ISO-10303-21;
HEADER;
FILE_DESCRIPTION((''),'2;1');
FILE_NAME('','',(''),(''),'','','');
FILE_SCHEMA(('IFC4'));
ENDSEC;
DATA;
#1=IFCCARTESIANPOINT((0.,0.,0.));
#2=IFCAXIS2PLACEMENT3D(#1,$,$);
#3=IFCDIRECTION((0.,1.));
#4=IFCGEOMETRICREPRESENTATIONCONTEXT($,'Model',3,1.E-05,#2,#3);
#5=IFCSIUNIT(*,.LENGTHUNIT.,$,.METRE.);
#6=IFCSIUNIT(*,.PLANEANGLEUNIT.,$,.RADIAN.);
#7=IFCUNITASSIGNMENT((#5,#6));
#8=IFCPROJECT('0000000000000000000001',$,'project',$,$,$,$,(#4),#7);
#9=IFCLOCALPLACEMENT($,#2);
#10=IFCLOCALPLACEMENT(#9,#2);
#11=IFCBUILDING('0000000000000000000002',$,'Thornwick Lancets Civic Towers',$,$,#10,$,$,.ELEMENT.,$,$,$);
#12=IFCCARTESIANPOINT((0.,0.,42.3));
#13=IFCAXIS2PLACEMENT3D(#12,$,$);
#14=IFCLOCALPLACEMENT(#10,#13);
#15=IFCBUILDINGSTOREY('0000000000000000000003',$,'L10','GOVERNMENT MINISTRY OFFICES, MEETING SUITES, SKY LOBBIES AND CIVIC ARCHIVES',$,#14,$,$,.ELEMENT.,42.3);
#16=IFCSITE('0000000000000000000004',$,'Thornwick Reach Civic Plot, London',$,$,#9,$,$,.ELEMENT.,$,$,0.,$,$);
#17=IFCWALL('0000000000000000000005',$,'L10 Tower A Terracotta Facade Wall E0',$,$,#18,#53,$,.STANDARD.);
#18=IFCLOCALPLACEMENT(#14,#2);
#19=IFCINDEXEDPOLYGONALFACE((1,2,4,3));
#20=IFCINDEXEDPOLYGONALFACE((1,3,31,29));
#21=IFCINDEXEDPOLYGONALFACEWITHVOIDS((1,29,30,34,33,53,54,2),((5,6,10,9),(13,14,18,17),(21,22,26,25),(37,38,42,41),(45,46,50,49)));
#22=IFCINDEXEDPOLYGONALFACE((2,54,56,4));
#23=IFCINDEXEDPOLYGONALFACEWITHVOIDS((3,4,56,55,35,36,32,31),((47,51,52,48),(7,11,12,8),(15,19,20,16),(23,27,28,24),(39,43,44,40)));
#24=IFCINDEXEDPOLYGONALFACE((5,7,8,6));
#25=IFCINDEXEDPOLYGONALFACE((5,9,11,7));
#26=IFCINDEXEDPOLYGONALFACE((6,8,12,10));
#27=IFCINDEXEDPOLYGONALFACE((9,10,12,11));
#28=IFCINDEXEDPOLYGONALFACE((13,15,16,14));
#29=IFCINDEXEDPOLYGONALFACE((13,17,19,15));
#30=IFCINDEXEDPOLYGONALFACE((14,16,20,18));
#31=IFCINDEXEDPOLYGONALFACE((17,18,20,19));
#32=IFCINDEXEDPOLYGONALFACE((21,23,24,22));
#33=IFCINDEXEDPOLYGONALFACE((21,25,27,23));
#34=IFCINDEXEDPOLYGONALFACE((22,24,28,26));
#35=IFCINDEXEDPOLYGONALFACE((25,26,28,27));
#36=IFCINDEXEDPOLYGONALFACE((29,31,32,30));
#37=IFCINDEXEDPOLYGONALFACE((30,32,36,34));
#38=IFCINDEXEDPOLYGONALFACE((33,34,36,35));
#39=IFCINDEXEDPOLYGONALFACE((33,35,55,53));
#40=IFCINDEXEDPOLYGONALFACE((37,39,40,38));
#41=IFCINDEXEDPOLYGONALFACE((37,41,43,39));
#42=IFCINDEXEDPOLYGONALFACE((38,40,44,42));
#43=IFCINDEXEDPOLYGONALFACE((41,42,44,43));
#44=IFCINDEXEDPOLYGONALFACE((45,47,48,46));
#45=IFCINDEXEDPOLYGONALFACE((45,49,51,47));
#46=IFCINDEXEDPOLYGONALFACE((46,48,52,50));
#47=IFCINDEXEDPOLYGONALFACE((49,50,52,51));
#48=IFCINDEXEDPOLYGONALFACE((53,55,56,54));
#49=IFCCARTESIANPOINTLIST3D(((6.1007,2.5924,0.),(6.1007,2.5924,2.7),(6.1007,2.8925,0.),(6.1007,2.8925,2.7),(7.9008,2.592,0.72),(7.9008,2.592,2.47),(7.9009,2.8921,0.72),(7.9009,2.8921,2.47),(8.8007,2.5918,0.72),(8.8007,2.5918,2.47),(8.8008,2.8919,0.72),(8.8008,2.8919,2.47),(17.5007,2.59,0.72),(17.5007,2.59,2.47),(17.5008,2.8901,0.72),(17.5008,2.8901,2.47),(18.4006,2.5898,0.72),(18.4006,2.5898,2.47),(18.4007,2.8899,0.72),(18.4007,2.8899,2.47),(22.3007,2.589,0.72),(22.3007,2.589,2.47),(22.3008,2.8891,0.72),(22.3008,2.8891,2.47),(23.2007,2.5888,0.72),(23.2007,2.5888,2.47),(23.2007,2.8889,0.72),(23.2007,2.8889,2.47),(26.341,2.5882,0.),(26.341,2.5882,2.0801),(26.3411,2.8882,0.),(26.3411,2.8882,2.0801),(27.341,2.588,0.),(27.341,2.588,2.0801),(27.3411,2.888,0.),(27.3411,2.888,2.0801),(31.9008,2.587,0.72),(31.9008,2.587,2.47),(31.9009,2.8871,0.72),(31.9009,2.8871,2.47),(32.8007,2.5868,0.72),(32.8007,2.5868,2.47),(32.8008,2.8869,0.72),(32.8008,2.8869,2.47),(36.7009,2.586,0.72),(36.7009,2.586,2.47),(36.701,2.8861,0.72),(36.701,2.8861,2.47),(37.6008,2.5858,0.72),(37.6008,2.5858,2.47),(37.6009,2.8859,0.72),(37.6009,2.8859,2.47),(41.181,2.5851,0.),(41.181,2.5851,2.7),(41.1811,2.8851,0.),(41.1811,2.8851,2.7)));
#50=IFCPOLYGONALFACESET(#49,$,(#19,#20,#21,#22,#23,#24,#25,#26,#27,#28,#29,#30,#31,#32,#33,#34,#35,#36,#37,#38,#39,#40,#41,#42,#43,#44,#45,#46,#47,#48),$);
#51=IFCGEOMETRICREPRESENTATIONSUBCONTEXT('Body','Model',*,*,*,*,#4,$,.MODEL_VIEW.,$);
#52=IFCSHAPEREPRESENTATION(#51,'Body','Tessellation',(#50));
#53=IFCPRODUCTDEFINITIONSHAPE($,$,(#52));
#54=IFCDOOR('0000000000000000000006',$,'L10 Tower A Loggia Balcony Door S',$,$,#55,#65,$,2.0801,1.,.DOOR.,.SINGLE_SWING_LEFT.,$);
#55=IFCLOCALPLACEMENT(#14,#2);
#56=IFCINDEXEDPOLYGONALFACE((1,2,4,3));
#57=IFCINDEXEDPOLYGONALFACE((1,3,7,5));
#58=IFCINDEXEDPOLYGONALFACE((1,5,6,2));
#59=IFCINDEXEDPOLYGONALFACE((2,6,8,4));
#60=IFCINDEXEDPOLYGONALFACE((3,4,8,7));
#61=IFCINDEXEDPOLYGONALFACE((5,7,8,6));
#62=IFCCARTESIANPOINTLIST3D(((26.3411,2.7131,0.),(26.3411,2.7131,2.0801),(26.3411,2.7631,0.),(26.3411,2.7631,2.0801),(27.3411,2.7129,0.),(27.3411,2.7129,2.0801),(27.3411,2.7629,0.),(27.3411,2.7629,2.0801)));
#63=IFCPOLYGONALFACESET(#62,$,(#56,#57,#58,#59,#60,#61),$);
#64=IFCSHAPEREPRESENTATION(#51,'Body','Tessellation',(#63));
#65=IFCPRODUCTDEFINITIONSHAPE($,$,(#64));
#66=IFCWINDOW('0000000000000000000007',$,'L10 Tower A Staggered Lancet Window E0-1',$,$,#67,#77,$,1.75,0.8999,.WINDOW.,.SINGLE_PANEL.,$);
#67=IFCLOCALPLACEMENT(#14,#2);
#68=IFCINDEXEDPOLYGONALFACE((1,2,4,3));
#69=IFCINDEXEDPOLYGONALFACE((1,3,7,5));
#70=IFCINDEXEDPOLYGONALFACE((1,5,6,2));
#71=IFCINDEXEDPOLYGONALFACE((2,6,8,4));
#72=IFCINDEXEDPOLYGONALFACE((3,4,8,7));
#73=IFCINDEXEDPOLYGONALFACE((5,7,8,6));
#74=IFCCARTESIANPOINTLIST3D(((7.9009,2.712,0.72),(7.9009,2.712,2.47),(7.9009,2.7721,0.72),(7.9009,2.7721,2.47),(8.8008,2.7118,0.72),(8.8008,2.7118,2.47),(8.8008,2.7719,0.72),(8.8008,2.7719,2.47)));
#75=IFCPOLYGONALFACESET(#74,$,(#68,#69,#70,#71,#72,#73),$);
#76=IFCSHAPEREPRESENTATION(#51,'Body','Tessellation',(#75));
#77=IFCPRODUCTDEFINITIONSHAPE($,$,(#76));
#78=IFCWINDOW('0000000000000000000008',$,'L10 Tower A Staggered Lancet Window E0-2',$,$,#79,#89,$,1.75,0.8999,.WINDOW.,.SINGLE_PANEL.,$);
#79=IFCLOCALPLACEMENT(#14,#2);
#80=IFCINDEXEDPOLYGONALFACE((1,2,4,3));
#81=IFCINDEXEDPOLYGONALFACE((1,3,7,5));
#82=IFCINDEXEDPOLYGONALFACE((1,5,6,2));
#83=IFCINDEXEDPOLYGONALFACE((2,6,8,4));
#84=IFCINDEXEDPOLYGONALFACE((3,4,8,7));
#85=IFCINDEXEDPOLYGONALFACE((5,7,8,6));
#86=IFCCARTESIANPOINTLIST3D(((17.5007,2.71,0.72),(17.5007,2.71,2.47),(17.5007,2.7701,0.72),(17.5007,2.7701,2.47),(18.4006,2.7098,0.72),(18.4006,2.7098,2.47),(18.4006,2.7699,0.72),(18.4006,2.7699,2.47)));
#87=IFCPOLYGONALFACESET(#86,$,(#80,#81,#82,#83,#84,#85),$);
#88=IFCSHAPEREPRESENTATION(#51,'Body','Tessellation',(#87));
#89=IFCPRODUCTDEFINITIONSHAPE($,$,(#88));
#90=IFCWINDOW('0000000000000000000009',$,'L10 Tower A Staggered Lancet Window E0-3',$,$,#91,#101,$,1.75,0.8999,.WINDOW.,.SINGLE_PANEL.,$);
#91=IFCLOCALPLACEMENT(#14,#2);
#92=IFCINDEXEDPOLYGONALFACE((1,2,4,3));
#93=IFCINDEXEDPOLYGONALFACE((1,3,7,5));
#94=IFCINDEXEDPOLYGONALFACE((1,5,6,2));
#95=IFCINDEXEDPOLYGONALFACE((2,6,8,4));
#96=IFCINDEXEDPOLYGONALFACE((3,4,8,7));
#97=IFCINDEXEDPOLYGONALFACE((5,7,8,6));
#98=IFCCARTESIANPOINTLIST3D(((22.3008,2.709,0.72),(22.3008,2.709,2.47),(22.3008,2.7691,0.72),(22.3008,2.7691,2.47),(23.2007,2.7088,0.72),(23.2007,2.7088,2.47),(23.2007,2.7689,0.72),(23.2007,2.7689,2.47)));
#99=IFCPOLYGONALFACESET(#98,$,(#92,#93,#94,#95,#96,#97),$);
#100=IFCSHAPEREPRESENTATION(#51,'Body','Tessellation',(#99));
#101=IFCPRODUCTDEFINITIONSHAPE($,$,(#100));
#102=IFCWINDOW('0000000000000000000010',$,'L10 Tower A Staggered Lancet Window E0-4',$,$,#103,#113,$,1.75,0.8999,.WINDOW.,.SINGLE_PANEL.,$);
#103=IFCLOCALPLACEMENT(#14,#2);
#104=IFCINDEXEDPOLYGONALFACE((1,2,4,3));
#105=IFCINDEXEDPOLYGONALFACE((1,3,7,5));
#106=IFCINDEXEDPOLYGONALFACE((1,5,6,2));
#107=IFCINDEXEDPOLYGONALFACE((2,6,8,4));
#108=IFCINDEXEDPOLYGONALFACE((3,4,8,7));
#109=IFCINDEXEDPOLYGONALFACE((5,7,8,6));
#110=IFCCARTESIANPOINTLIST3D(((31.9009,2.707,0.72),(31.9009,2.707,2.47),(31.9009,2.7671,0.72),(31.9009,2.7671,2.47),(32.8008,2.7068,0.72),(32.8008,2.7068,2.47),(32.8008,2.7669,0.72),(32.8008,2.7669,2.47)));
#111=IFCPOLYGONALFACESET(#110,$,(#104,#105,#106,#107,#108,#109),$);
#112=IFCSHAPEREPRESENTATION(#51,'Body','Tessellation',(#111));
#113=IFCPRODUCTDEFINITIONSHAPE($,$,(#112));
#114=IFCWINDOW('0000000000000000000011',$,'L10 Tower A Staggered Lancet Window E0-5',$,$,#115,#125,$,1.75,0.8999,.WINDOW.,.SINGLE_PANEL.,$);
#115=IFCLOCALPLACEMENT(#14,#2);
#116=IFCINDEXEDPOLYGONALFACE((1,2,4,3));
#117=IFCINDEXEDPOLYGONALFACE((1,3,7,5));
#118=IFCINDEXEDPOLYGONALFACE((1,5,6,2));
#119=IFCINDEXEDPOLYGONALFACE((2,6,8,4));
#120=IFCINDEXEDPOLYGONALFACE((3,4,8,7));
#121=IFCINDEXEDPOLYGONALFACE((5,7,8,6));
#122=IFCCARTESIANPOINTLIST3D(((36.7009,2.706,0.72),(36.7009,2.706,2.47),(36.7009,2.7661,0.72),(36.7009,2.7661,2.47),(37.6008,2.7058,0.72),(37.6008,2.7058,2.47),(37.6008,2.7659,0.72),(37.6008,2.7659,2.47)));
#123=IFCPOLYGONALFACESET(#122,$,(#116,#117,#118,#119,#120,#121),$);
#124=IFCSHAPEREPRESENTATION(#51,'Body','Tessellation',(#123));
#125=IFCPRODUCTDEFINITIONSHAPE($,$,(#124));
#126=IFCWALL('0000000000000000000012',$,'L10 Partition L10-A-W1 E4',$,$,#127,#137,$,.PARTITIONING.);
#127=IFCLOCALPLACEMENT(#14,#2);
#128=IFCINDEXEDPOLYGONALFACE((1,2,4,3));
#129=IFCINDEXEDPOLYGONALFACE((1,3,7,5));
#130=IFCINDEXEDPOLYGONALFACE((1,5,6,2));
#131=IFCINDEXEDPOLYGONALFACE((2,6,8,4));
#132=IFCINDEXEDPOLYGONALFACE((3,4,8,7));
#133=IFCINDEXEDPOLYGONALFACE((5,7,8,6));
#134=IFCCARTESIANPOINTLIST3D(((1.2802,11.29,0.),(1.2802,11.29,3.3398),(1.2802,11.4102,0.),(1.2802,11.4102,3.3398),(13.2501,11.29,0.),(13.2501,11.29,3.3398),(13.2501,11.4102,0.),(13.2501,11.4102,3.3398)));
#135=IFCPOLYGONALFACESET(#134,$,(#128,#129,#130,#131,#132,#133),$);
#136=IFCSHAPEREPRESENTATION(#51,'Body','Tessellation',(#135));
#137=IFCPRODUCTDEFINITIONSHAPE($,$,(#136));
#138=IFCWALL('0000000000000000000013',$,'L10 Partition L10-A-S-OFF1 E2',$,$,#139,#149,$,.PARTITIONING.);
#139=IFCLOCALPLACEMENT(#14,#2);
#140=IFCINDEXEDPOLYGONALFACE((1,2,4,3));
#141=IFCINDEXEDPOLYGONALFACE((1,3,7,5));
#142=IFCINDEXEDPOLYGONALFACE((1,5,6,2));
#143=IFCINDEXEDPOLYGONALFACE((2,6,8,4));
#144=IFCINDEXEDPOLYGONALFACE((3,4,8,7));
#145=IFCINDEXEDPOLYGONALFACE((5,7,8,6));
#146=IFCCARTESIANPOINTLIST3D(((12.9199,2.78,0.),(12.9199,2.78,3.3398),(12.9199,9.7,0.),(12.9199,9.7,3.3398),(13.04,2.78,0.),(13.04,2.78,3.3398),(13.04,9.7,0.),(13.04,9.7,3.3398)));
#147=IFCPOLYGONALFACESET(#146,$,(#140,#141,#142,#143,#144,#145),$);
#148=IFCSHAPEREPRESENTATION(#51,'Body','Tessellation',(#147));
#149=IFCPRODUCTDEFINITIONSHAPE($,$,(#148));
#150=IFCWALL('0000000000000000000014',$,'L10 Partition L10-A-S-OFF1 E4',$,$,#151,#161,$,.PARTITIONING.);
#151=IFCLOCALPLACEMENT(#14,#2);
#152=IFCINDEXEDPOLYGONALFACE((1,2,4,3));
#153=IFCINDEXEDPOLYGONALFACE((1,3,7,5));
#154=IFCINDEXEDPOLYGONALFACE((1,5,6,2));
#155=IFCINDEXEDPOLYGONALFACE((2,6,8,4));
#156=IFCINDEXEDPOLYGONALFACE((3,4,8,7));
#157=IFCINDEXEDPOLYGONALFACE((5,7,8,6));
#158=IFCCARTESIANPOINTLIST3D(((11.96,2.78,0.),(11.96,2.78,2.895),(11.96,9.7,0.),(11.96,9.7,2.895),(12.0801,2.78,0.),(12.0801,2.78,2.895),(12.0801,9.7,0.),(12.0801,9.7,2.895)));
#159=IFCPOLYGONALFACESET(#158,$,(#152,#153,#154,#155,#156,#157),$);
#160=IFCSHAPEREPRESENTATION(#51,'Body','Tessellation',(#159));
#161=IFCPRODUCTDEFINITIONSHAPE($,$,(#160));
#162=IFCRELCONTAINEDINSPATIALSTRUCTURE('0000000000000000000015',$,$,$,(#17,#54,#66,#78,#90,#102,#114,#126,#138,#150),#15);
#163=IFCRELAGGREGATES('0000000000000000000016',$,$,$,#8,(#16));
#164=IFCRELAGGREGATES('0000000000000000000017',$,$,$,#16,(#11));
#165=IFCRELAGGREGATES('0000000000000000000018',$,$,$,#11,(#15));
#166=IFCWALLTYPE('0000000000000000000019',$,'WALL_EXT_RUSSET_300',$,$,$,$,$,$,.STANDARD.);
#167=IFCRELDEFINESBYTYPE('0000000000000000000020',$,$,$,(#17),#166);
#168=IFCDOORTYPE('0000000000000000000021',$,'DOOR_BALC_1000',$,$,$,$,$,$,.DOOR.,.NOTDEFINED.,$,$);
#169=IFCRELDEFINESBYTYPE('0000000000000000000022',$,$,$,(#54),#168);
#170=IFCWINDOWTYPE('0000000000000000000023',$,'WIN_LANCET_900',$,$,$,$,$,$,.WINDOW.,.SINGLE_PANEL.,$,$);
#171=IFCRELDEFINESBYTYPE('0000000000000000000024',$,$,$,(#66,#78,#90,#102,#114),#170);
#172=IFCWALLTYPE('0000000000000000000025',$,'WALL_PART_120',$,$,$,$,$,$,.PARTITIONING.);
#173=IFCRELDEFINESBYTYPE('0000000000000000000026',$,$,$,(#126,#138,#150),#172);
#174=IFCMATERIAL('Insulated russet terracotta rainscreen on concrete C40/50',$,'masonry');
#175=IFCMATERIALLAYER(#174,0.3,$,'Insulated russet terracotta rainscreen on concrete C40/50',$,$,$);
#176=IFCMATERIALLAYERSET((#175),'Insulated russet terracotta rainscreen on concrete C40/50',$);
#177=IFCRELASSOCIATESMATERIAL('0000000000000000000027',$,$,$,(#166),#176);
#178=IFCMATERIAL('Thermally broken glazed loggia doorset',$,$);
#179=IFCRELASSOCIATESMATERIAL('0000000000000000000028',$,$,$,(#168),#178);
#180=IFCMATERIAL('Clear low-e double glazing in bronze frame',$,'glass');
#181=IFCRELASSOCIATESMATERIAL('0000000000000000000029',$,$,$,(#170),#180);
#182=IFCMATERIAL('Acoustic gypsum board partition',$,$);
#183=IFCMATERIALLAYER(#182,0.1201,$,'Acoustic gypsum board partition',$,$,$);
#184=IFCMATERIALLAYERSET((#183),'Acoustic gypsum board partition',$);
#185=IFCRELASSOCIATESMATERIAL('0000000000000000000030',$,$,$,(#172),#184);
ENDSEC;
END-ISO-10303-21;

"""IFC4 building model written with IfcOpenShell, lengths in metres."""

from ifc_helpers import new_model, si_unit, direction, frame, frame_2d, origin, place, context, subcontext, project, spatial, rectangle, extrude, material, layer, layer_set, type_object, element, fill, save


model = new_model("IFC4")

# Units and contexts
model_context = context("Model", 3, precision=1e-05, world=origin(), true_north=direction((0.0, 1.0)))
body_context = subcontext(model_context, "Body", "Model", "MODEL_VIEW")
ifc_project = project(units=[si_unit("LENGTHUNIT", "METRE"), si_unit("PLANEANGLEUNIT", "RADIAN")], contexts=[model_context])

# Site, building, storey
site_placement = place(None, origin())
site = spatial("IfcSite", under=ifc_project, at=site_placement, Name="Thornwick Reach Civic Plot, London", CompositionType="ELEMENT", RefElevation=0.0)
building_placement = place(site_placement, origin())
building = spatial("IfcBuilding", under=site, at=building_placement, Name="Thornwick Lancets Civic Towers", CompositionType="ELEMENT")
storey_placement = place(building_placement, frame((0.0, 0.0, 42.3)))
storey = spatial("IfcBuildingStorey", under=building, at=storey_placement, Name="L10", Description="GOVERNMENT MINISTRY OFFICES, MEETING SUITES, SKY LOBBIES AND CIVIC ARCHIVES", CompositionType="ELEMENT", Elevation=42.3)

# Wall, openings, door, windows
ifc_material_1 = material(Name="Insulated russet terracotta rainscreen on concrete C40/50", Category="masonry")
ifc_layer_1 = layer(ifc_material_1, 0.3, Name="Insulated russet terracotta rainscreen on concrete C40/50")
ifc_layer_set_1 = layer_set([ifc_layer_1], Name="Insulated russet terracotta rainscreen on concrete C40/50")
wall_type_1 = type_object("IfcWallType", Name="WALL_EXT_RUSSET_300", PredefinedType="STANDARD", material=ifc_layer_set_1)
wall_1_placement = place(storey_placement, frame((6.1008, 2.7424, 0.0), z_axis=(0.0, 0.0, 1.0), x_axis=(1.0, -0.000209, 0.0)))
wall_1 = element("IfcWall", 1, at=wall_1_placement, inside=storey, type_object=wall_type_1, Name="L10 Tower A Terracotta Facade Wall E0", PredefinedType="STANDARD", context=body_context, shape_type="SweptSolid", body=[
    extrude(rectangle(XDim=35.0803, YDim=0.3, at=frame_2d((17.54, 0.0))), origin(), (0.0, 0.0, 1.0), 2.7),
])
opening_1_placement = place(wall_1_placement, frame((20.2402, 0.0, 0.0)))
opening_1 = element("IfcOpeningElement", 2, at=opening_1_placement, cuts=wall_1, PredefinedType="OPENING", context=body_context, shape_type="SweptSolid", body=[
    extrude(rectangle(XDim=1.0, YDim=2.0801, at=frame_2d((0.5, 1.04))), frame((0.0, 0.1602, 0.0), z_axis=(0.0, -1.0, 0.0), x_axis=(1.0, 0.0, 0.0)), (0.0, 0.0, 1.0), 0.3201),
])
opening_2_placement = place(wall_1_placement, frame((1.8, 0.0, 0.72)))
opening_2 = element("IfcOpeningElement", 3, at=opening_2_placement, cuts=wall_1, PredefinedType="OPENING", context=body_context, shape_type="SweptSolid", body=[
    extrude(rectangle(XDim=0.8999, YDim=1.75, at=frame_2d((0.45, 0.875))), frame((0.0, 0.1602, 0.0), z_axis=(0.0, -1.0, 0.0), x_axis=(1.0, 0.0, 0.0)), (0.0, 0.0, 1.0), 0.3201),
])
opening_3_placement = place(wall_1_placement, frame((11.3999, 0.0, 0.72)))
opening_3 = element("IfcOpeningElement", 4, at=opening_3_placement, cuts=wall_1, PredefinedType="OPENING", context=body_context, shape_type="SweptSolid", body=[
    extrude(rectangle(XDim=0.8999, YDim=1.75, at=frame_2d((0.45, 0.875))), frame((0.0, 0.1602, 0.0), z_axis=(0.0, -1.0, 0.0), x_axis=(1.0, 0.0, 0.0)), (0.0, 0.0, 1.0), 0.3201),
])
opening_4_placement = place(wall_1_placement, frame((16.2, 0.0, 0.72)))
opening_4 = element("IfcOpeningElement", 5, at=opening_4_placement, cuts=wall_1, PredefinedType="OPENING", context=body_context, shape_type="SweptSolid", body=[
    extrude(rectangle(XDim=0.8999, YDim=1.75, at=frame_2d((0.45, 0.875))), frame((0.0, 0.1602, 0.0), z_axis=(0.0, -1.0, 0.0), x_axis=(1.0, 0.0, 0.0)), (0.0, 0.0, 1.0), 0.3201),
])
opening_5_placement = place(wall_1_placement, frame((25.8, 0.0, 0.72)))
opening_5 = element("IfcOpeningElement", 6, at=opening_5_placement, cuts=wall_1, PredefinedType="OPENING", context=body_context, shape_type="SweptSolid", body=[
    extrude(rectangle(XDim=0.8999, YDim=1.75, at=frame_2d((0.45, 0.875))), frame((0.0, 0.1602, 0.0), z_axis=(0.0, -1.0, 0.0), x_axis=(1.0, 0.0, 0.0)), (0.0, 0.0, 1.0), 0.3201),
])
opening_6_placement = place(wall_1_placement, frame((30.6001, 0.0, 0.72)))
opening_6 = element("IfcOpeningElement", 7, at=opening_6_placement, cuts=wall_1, PredefinedType="OPENING", context=body_context, shape_type="SweptSolid", body=[
    extrude(rectangle(XDim=0.8999, YDim=1.75, at=frame_2d((0.45, 0.875))), frame((0.0, 0.1602, 0.0), z_axis=(0.0, -1.0, 0.0), x_axis=(1.0, 0.0, 0.0)), (0.0, 0.0, 1.0), 0.3201),
])
ifc_material_2 = material(Name="Thermally broken glazed loggia doorset")
door_type_1 = type_object("IfcDoorType", Name="DOOR_BALC_1000", OperationType="NOTDEFINED", PredefinedType="DOOR", material=ifc_material_2)
door_1_placement = place(opening_1_placement, origin())
door_1 = element("IfcDoor", 8, at=door_1_placement, inside=storey, type_object=door_type_1, Name="L10 Tower A Loggia Balcony Door S", OperationType="SINGLE_SWING_LEFT", OverallHeight=2.0801, OverallWidth=1.0, PredefinedType="DOOR", context=body_context, shape_type="SweptSolid", body=[
    extrude(rectangle(XDim=1.0, YDim=2.0801, at=frame_2d((0.5, 1.04))), frame((0.0, 0.0249, 0.0), z_axis=(0.0, -1.0, 0.0), x_axis=(1.0, 0.0, 0.0)), (0.0, 0.0, 1.0), 0.05),
])
fill(opening_1, door_1)
ifc_material_3 = material(Name="Clear low-e double glazing in bronze frame", Category="glass")
window_type = type_object("IfcWindowType", Name="WIN_LANCET_900", PartitioningType="SINGLE_PANEL", PredefinedType="WINDOW", material=ifc_material_3)
window_1_placement = place(opening_2_placement, origin())
window_1 = element("IfcWindow", 9, at=window_1_placement, inside=storey, type_object=window_type, Name="L10 Tower A Staggered Lancet Window E0-1", OverallHeight=1.75, OverallWidth=0.8999, PartitioningType="SINGLE_PANEL", PredefinedType="WINDOW", context=body_context, shape_type="SweptSolid", body=[
    extrude(rectangle(XDim=0.8999, YDim=1.75, at=frame_2d((0.45, 0.875))), frame((0.0, 0.03, 0.0), z_axis=(0.0, -1.0, 0.0), x_axis=(1.0, 0.0, 0.0)), (0.0, 0.0, 1.0), 0.0601),
])
fill(opening_2, window_1)
window_2_placement = place(opening_3_placement, origin())
window_2 = element("IfcWindow", 10, at=window_2_placement, inside=storey, type_object=window_type, Name="L10 Tower A Staggered Lancet Window E0-2", OverallHeight=1.75, OverallWidth=0.8999, PartitioningType="SINGLE_PANEL", PredefinedType="WINDOW", context=body_context, shape_type="SweptSolid", body=[
    extrude(rectangle(XDim=0.8999, YDim=1.75, at=frame_2d((0.45, 0.875))), frame((0.0, 0.03, 0.0), z_axis=(0.0, -1.0, 0.0), x_axis=(1.0, 0.0, 0.0)), (0.0, 0.0, 1.0), 0.0601),
])
fill(opening_3, window_2)
window_3_placement = place(opening_4_placement, origin())
window_3 = element("IfcWindow", 11, at=window_3_placement, inside=storey, type_object=window_type, Name="L10 Tower A Staggered Lancet Window E0-3", OverallHeight=1.75, OverallWidth=0.8999, PartitioningType="SINGLE_PANEL", PredefinedType="WINDOW", context=body_context, shape_type="SweptSolid", body=[
    extrude(rectangle(XDim=0.8999, YDim=1.75, at=frame_2d((0.45, 0.875))), frame((0.0, 0.03, 0.0), z_axis=(0.0, -1.0, 0.0), x_axis=(1.0, 0.0, 0.0)), (0.0, 0.0, 1.0), 0.0601),
])
fill(opening_4, window_3)
window_4_placement = place(opening_5_placement, origin())
window_4 = element("IfcWindow", 12, at=window_4_placement, inside=storey, type_object=window_type, Name="L10 Tower A Staggered Lancet Window E0-4", OverallHeight=1.75, OverallWidth=0.8999, PartitioningType="SINGLE_PANEL", PredefinedType="WINDOW", context=body_context, shape_type="SweptSolid", body=[
    extrude(rectangle(XDim=0.8999, YDim=1.75, at=frame_2d((0.45, 0.875))), frame((0.0, 0.03, 0.0), z_axis=(0.0, -1.0, 0.0), x_axis=(1.0, 0.0, 0.0)), (0.0, 0.0, 1.0), 0.0601),
])
fill(opening_5, window_4)
window_5_placement = place(opening_6_placement, origin())
window_5 = element("IfcWindow", 13, at=window_5_placement, inside=storey, type_object=window_type, Name="L10 Tower A Staggered Lancet Window E0-5", OverallHeight=1.75, OverallWidth=0.8999, PartitioningType="SINGLE_PANEL", PredefinedType="WINDOW", context=body_context, shape_type="SweptSolid", body=[
    extrude(rectangle(XDim=0.8999, YDim=1.75, at=frame_2d((0.45, 0.875))), frame((0.0, 0.03, 0.0), z_axis=(0.0, -1.0, 0.0), x_axis=(1.0, 0.0, 0.0)), (0.0, 0.0, 1.0), 0.0601),
])
fill(opening_6, window_5)

# Walls
ifc_material_4 = material(Name="Acoustic gypsum board partition")
ifc_layer_2 = layer(ifc_material_4, 0.1201, Name="Acoustic gypsum board partition")
ifc_layer_set_2 = layer_set([ifc_layer_2], Name="Acoustic gypsum board partition")
wall_type_2 = type_object("IfcWallType", Name="WALL_PART_120", PredefinedType="PARTITIONING", material=ifc_layer_set_2)
wall_2_placement = place(storey_placement, frame((13.25, 11.3501, 0.0), z_axis=(0.0, 0.0, 1.0), x_axis=(-1.0, 0.0, 0.0)))
element("IfcWall", 14, at=wall_2_placement, inside=storey, type_object=wall_type_2, Name="L10 Partition L10-A-W1 E4", PredefinedType="PARTITIONING", context=body_context, shape_type="SweptSolid", body=[
    extrude(rectangle(XDim=11.97, YDim=0.1201, at=frame_2d((5.9849, 0.0))), origin(), (0.0, 0.0, 1.0), 3.3398),
])
wall_3_placement = place(storey_placement, frame((12.98, 2.78, 0.0), z_axis=(0.0, 0.0, 1.0), x_axis=(0.0, 1.0, 0.0)))
element("IfcWall", 15, at=wall_3_placement, inside=storey, type_object=wall_type_2, Name="L10 Partition L10-A-S-OFF1 E2", PredefinedType="PARTITIONING", context=body_context, shape_type="SweptSolid", body=[
    extrude(rectangle(XDim=6.9199, YDim=0.1201, at=frame_2d((3.46, 0.0))), origin(), (0.0, 0.0, 1.0), 3.3398),
])
wall_4_placement = place(storey_placement, frame((12.02, 9.7, 0.0), z_axis=(0.0, 0.0, 1.0), x_axis=(0.0, -1.0, 0.0)))
element("IfcWall", 16, at=wall_4_placement, inside=storey, type_object=wall_type_2, Name="L10 Partition L10-A-S-OFF1 E4", PredefinedType="PARTITIONING", context=body_context, shape_type="SweptSolid", body=[
    extrude(rectangle(XDim=6.9199, YDim=0.1201, at=frame_2d((3.46, 0.0))), origin(), (0.0, 0.0, 1.0), 2.895),
])

save(model, "model.ifc")
